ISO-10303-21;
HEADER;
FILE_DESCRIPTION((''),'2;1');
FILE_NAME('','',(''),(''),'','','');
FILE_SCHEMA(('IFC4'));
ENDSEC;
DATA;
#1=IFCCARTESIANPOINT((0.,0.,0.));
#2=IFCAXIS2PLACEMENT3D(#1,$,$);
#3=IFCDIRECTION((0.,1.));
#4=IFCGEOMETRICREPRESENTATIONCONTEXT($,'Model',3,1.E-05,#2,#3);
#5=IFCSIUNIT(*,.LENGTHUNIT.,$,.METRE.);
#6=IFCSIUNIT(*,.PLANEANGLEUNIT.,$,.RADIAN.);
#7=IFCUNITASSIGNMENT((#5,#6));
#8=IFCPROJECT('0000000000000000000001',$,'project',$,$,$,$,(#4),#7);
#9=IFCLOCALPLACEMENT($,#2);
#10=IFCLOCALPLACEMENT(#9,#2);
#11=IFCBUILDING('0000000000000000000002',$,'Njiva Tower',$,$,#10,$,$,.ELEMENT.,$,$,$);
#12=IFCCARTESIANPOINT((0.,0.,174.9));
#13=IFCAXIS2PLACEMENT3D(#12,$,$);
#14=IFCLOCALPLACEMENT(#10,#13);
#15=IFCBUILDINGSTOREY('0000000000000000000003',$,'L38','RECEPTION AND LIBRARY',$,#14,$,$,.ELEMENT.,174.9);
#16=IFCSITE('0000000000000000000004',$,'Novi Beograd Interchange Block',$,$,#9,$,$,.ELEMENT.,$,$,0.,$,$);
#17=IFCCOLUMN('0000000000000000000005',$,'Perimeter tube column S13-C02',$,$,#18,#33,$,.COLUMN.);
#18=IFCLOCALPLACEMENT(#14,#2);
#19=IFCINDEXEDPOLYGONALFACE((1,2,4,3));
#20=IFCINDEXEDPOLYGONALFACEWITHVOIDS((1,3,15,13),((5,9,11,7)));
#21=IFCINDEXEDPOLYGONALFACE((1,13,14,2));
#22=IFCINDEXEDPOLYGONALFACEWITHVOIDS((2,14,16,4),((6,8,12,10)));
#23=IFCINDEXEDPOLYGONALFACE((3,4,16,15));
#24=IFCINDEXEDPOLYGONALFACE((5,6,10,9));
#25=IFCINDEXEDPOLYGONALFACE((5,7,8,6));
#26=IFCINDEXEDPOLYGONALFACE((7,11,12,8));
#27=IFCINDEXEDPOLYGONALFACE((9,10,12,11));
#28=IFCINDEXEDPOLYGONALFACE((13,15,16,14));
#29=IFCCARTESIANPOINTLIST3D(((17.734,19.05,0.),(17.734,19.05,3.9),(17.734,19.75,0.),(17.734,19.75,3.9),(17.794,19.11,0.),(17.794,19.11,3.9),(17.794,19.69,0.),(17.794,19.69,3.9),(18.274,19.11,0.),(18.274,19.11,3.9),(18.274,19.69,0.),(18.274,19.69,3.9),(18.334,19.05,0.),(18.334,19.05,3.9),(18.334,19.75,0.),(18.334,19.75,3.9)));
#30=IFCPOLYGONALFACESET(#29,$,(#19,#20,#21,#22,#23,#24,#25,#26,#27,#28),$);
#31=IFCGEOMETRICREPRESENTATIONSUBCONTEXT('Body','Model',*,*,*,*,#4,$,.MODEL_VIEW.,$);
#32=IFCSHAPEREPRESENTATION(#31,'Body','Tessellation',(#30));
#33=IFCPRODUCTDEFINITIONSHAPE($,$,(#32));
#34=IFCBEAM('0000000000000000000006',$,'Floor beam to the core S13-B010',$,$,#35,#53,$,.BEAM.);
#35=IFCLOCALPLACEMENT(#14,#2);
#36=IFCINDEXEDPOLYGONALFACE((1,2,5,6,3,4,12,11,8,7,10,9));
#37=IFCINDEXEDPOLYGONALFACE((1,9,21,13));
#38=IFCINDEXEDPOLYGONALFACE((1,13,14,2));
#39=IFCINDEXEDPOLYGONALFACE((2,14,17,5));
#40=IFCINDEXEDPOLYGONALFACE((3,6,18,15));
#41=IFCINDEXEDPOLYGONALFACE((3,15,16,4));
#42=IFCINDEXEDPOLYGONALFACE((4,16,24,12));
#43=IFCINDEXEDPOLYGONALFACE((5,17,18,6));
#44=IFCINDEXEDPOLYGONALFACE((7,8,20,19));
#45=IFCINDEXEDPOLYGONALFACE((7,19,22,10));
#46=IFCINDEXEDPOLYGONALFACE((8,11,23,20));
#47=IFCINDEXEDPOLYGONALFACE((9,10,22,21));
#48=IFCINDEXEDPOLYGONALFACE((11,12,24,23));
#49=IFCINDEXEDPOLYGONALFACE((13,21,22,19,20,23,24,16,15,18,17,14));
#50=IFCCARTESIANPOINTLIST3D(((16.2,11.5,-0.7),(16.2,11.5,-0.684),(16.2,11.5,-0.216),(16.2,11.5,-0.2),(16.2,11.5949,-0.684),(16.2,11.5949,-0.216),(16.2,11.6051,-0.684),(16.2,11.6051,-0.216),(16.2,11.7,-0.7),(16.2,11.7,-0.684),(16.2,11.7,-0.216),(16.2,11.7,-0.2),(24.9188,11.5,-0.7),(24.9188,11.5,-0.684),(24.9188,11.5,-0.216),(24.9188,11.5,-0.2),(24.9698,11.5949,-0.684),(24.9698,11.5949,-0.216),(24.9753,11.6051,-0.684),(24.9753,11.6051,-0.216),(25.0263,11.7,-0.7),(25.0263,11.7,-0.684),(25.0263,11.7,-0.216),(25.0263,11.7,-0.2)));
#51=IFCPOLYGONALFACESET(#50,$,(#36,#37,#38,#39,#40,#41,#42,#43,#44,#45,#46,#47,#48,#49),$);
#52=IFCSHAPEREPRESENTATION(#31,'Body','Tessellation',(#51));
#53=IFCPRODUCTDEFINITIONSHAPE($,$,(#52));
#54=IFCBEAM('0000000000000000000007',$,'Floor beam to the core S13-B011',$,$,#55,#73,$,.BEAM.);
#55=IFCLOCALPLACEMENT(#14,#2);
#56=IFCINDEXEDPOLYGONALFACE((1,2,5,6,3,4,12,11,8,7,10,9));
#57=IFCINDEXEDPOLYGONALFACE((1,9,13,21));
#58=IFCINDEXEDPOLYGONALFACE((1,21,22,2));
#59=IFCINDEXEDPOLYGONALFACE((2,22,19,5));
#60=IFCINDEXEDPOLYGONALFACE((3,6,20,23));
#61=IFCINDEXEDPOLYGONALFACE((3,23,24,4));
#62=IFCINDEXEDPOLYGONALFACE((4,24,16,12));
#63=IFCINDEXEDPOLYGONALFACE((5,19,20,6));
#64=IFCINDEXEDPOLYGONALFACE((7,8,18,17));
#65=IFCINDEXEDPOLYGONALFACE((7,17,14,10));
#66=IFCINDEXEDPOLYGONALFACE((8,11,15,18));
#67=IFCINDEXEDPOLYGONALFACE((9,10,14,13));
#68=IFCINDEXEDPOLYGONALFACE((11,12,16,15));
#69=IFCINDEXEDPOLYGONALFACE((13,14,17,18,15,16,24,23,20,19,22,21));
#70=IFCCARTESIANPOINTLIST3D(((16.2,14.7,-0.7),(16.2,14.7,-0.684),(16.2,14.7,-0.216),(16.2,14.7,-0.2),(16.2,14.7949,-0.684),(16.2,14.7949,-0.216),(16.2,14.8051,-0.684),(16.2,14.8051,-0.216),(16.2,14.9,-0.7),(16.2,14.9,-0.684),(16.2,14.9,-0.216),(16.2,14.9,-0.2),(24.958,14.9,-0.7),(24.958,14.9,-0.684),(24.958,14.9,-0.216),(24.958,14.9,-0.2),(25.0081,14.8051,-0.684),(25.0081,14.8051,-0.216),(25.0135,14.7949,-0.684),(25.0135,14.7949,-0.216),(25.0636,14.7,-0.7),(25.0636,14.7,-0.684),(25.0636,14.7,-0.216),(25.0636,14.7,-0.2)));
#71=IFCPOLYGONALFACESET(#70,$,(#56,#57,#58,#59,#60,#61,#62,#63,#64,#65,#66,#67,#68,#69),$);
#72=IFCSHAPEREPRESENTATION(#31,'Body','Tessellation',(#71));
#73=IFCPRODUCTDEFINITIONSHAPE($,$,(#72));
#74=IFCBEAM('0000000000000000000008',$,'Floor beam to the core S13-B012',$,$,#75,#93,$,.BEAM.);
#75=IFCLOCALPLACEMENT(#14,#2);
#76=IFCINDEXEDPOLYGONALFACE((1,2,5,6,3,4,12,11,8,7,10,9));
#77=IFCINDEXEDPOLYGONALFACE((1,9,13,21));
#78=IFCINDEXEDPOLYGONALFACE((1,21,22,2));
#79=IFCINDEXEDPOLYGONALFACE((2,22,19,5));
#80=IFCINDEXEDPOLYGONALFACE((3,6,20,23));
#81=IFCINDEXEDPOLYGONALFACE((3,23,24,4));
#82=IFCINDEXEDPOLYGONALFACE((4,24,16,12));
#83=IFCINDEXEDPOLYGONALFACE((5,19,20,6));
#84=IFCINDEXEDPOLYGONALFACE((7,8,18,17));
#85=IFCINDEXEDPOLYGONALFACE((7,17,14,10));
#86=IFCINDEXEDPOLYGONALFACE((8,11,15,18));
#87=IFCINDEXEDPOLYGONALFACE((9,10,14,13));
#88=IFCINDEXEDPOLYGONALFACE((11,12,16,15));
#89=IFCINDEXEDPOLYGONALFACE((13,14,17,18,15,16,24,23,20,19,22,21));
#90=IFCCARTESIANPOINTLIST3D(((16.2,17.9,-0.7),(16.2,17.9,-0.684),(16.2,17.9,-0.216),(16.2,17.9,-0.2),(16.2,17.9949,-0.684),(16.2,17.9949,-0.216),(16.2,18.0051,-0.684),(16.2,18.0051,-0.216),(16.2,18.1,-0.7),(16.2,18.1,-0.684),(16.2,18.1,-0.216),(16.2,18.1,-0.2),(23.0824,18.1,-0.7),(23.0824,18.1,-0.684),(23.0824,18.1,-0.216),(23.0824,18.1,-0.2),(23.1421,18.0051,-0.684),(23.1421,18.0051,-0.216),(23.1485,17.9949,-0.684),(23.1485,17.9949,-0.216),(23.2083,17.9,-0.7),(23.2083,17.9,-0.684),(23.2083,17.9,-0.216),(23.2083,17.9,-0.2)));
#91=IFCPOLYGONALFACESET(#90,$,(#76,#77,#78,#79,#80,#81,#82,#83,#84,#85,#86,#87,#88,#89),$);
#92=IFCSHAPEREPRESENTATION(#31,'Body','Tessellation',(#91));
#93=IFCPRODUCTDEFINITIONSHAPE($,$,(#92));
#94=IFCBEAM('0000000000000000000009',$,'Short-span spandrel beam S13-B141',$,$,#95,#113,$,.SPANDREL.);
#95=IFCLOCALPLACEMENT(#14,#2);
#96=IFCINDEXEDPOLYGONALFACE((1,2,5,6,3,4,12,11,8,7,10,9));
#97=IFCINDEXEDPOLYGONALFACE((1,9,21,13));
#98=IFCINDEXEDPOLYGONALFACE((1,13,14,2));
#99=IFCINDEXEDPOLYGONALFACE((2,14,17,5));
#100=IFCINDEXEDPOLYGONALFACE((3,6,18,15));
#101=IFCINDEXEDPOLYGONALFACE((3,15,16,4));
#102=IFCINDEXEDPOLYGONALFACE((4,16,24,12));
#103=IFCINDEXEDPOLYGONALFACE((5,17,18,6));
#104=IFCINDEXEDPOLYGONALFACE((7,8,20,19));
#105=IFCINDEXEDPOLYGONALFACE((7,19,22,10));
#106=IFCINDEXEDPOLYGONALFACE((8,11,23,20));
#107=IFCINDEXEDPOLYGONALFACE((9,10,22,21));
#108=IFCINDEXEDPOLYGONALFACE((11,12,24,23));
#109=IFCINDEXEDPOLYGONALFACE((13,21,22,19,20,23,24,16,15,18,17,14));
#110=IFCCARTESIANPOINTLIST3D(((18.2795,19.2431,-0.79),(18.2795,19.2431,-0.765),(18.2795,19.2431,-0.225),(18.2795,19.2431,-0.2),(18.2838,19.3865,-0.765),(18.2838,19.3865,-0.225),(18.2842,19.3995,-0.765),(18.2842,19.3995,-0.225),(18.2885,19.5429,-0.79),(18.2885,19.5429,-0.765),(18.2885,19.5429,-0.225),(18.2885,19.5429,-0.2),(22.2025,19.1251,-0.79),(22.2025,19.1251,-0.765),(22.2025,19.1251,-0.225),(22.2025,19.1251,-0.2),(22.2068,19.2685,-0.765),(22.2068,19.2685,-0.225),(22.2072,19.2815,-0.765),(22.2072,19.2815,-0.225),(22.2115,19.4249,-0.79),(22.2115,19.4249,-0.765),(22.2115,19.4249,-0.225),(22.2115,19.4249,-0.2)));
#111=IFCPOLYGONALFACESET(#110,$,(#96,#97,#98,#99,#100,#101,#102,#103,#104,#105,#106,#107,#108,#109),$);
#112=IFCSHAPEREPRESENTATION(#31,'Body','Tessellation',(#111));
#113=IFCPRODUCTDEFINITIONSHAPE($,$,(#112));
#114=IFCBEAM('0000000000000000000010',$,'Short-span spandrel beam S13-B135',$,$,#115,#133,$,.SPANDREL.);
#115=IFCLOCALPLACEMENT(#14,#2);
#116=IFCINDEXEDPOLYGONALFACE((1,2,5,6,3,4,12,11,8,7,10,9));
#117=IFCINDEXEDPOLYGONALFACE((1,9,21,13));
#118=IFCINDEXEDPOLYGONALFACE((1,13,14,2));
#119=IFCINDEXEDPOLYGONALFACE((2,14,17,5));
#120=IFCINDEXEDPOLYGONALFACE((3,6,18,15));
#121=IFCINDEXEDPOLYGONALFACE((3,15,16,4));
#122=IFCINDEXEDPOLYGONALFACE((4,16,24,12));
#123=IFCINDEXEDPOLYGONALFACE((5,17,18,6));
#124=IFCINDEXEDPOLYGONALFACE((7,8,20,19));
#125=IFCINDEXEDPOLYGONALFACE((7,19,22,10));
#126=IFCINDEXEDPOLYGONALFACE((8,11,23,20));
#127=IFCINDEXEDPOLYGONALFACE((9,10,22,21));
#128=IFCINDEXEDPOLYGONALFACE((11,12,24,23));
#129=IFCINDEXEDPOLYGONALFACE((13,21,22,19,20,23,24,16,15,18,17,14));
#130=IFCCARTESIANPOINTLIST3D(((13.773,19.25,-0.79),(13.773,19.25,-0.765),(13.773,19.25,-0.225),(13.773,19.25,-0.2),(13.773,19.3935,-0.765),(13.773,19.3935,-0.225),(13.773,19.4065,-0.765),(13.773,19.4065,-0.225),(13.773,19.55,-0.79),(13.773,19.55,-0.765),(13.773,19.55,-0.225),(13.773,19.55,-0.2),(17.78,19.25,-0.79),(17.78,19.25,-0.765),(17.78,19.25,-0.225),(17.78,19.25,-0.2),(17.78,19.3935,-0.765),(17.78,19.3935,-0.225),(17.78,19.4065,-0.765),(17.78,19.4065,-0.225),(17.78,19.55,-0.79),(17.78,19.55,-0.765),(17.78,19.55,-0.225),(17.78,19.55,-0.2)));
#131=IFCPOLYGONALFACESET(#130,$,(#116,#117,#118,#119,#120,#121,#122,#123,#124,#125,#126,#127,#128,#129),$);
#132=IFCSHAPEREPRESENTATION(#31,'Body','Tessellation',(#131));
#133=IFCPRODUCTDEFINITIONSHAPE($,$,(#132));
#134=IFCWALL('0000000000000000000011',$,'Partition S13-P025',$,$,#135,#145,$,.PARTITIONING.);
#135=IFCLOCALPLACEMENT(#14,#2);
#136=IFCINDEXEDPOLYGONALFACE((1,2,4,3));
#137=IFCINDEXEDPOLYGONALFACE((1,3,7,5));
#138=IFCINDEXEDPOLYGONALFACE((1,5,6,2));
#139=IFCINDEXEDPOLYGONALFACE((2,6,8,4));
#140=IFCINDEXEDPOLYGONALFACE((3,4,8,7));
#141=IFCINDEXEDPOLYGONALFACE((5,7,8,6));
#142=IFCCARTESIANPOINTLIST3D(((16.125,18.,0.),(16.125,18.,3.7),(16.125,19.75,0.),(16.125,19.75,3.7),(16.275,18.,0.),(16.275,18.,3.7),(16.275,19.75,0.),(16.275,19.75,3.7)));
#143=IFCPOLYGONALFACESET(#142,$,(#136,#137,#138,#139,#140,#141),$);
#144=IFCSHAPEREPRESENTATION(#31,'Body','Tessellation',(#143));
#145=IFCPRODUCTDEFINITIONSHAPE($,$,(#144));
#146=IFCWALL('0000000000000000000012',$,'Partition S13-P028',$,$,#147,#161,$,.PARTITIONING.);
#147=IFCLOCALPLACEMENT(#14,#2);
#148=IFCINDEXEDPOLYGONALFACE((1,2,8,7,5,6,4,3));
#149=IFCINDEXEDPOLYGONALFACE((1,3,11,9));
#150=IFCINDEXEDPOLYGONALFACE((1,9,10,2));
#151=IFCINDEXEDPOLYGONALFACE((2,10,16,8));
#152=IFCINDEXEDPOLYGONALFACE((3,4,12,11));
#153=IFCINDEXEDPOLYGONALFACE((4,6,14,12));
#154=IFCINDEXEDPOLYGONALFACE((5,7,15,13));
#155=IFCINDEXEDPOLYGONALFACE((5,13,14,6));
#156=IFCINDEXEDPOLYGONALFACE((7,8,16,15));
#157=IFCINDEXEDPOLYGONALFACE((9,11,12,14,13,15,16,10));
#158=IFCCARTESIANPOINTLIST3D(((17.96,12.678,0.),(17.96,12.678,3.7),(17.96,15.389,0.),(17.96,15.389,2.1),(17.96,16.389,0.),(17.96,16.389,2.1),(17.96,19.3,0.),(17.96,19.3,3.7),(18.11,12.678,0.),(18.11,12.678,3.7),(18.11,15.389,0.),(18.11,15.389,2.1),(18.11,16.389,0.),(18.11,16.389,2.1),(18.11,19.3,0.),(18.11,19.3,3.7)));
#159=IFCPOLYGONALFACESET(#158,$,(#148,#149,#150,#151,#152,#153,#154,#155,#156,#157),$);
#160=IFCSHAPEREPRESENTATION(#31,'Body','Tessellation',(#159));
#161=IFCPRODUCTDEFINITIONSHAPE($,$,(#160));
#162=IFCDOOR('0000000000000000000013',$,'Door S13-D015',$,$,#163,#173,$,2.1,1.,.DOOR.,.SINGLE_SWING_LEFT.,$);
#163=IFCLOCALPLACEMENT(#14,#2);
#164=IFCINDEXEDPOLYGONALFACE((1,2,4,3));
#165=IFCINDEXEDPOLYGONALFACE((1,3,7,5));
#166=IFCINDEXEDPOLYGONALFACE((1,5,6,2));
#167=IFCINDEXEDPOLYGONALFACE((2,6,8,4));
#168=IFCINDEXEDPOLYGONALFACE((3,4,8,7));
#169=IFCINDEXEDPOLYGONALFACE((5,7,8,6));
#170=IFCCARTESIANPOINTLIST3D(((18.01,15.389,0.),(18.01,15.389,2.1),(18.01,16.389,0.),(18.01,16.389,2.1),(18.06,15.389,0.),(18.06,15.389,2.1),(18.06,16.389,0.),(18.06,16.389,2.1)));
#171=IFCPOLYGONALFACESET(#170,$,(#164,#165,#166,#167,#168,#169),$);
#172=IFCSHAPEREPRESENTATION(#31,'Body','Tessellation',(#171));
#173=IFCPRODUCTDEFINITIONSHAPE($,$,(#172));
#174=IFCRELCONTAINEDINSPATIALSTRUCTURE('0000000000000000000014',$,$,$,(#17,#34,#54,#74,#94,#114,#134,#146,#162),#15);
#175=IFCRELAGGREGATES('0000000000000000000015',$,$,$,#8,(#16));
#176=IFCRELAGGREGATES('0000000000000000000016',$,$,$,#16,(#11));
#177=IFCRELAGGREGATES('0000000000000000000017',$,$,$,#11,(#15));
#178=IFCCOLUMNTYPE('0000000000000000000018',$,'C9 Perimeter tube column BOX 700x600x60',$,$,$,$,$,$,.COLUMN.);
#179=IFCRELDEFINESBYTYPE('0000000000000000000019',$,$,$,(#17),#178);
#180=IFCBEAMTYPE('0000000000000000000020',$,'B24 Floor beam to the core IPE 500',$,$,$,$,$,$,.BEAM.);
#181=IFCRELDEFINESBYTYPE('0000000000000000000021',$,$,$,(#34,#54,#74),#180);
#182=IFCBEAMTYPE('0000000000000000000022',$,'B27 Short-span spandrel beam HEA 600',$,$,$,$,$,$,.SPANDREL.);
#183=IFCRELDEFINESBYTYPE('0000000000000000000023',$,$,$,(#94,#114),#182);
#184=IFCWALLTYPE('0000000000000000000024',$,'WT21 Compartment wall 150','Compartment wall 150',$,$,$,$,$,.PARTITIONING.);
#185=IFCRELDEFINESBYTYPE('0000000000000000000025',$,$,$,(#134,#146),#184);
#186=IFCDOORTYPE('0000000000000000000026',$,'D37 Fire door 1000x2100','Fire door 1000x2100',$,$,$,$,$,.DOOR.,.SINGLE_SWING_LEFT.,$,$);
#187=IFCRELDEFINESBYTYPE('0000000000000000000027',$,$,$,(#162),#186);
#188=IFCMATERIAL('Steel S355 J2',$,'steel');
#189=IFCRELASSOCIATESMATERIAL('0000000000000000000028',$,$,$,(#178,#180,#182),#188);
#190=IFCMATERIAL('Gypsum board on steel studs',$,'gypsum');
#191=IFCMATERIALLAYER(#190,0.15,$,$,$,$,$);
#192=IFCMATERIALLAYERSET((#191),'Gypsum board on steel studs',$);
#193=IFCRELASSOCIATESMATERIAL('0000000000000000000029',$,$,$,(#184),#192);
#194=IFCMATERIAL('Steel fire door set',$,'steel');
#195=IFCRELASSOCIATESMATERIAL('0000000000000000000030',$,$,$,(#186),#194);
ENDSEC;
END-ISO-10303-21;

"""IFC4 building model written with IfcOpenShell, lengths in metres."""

from ifc_helpers import new_model, si_unit, direction, frame, frame_2d, origin, origin_2d, place, context, subcontext, project, spatial, rectangle, hollow_rectangle, i_section, extrude, clip, halfspace, material, layer, layer_set, material_profile, profile_set, type_object, element, fill, save


model = new_model("IFC4")

# Units and contexts
model_context = context("Model", 3, precision=1e-05, world=origin(), true_north=direction((0.0, 1.0)))
body_context = subcontext(model_context, "Body", "Model", "MODEL_VIEW")
ifc_project = project(units=[si_unit("LENGTHUNIT", "METRE"), si_unit("PLANEANGLEUNIT", "RADIAN")], contexts=[model_context])

# Site, building, storey
site_placement = place(None, origin())
site = spatial("IfcSite", under=ifc_project, at=site_placement, Name="Novi Beograd Interchange Block", CompositionType="ELEMENT", RefElevation=0.0)
building_placement = place(site_placement, origin())
building = spatial("IfcBuilding", under=site, at=building_placement, Name="Njiva Tower", CompositionType="ELEMENT")
storey_placement = place(building_placement, frame((0.0, 0.0, 174.9)))
storey = spatial("IfcBuildingStorey", under=building, at=storey_placement, Name="L38", Description="RECEPTION AND LIBRARY", CompositionType="ELEMENT", Elevation=174.9)

# Column
ifc_material_1 = material(Name="Steel S355 J2", Category="steel")
ifc_material_profile_1 = material_profile(ifc_material_1, hollow_rectangle(XDim=0.6, YDim=0.7, WallThickness=0.06, at=origin_2d()), Name="BOX 700x600x60")
ifc_profile_set_1 = profile_set([ifc_material_profile_1], Name="Steel S355 J2")
column_type = type_object("IfcColumnType", Name="C9 Perimeter tube column BOX 700x600x60", PredefinedType="COLUMN", material=ifc_profile_set_1)
column_placement = place(storey_placement, frame((18.034, 19.4, 0.0), z_axis=(0.0, 0.0, 1.0), x_axis=(-1.0, 0.0, 0.0)))
element("IfcColumn", 1, at=column_placement, inside=storey, type_object=column_type, Name="Perimeter tube column S13-C02", PredefinedType="COLUMN", context=body_context, shape_type="SweptSolid", body=[
    extrude(hollow_rectangle(XDim=0.6, YDim=0.7, WallThickness=0.06, at=origin_2d()), origin(), (0.0, 0.0, 1.0), 3.9),
])

# Beams
ifc_material_profile_2 = material_profile(ifc_material_1, i_section(OverallWidth=0.2, OverallDepth=0.5, WebThickness=0.0102, FlangeThickness=0.016, at=origin_2d()), Name="IPE 500")
ifc_profile_set_2 = profile_set([ifc_material_profile_2], Name="Steel S355 J2")
beam_type_1 = type_object("IfcBeamType", Name="B24 Floor beam to the core IPE 500", PredefinedType="BEAM", material=ifc_profile_set_2)
beam_1_placement = place(storey_placement, frame((16.2, 11.6, -0.45), z_axis=(1.0, 0.0, 0.0), x_axis=(0.0, 1.0, 0.0)))
element("IfcBeam", 2, at=beam_1_placement, inside=storey, type_object=beam_type_1, Name="Floor beam to the core S13-B010", PredefinedType="BEAM", context=body_context, shape_type="Clipping", body=[
    clip(extrude(i_section(OverallWidth=0.2, OverallDepth=0.5, WebThickness=0.0102, FlangeThickness=0.016, at=origin_2d()), origin(), (0.0, 0.0, 1.0), 8.847), halfspace(frame((-0.0237, 0.0, 8.7598), z_axis=(-0.473777, 0.0, 0.880645), x_axis=(0.0, 1.0, 0.0)), False)),
])
beam_2_placement = place(storey_placement, frame((16.2, 14.8, -0.45), z_axis=(1.0, 0.0, 0.0), x_axis=(0.0, 1.0, 0.0)))
element("IfcBeam", 3, at=beam_2_placement, inside=storey, type_object=beam_type_1, Name="Floor beam to the core S13-B011", PredefinedType="BEAM", context=body_context, shape_type="Clipping", body=[
    clip(extrude(i_section(OverallWidth=0.2, OverallDepth=0.5, WebThickness=0.0102, FlangeThickness=0.016, at=origin_2d()), origin(), (0.0, 0.0, 1.0), 8.884), halfspace(frame((0.0233, 0.0, 8.7985), z_axis=(0.466639, 0.0, 0.884448), x_axis=(0.0, 1.0, 0.0)), False)),
])
beam_3_placement = place(storey_placement, frame((16.2, 18.0, -0.45), z_axis=(1.0, 0.0, 0.0), x_axis=(0.0, 1.0, 0.0)))
element("IfcBeam", 4, at=beam_3_placement, inside=storey, type_object=beam_type_1, Name="Floor beam to the core S13-B012", PredefinedType="BEAM", context=body_context, shape_type="Clipping", body=[
    clip(extrude(i_section(OverallWidth=0.2, OverallDepth=0.5, WebThickness=0.0102, FlangeThickness=0.016, at=origin_2d()), origin(), (0.0, 0.0, 1.0), 7.028), halfspace(frame((0.0266, 0.0, 6.9286), z_axis=(0.532629, 0.0, 0.846349), x_axis=(0.0, 1.0, 0.0)), False)),
])
ifc_material_profile_3 = material_profile(ifc_material_1, i_section(OverallWidth=0.3, OverallDepth=0.59, WebThickness=0.013, FlangeThickness=0.025, at=origin_2d()), Name="HEA 600")
ifc_profile_set_3 = profile_set([ifc_material_profile_3], Name="Steel S355 J2")
beam_type_2 = type_object("IfcBeamType", Name="B27 Short-span spandrel beam HEA 600", PredefinedType="SPANDREL", material=ifc_profile_set_3)
beam_4_placement = place(storey_placement, frame((22.207, 19.275, -0.495), z_axis=(-0.999548, 0.030065, 0.0), x_axis=(-0.030065, -0.999548, 0.0)))
element("IfcBeam", 5, at=beam_4_placement, inside=storey, type_object=beam_type_2, Name="Short-span spandrel beam S13-B141", PredefinedType="SPANDREL", context=body_context, shape_type="SweptSolid", body=[
    extrude(i_section(OverallWidth=0.3, OverallDepth=0.59, WebThickness=0.013, FlangeThickness=0.025, at=origin_2d()), origin(), (0.0, 0.0, 1.0), 3.9248),
])
beam_5_placement = place(storey_placement, frame((17.78, 19.4, -0.495), z_axis=(-1.0, 0.0, 0.0), x_axis=(0.0, -1.0, 0.0)))
element("IfcBeam", 6, at=beam_5_placement, inside=storey, type_object=beam_type_2, Name="Short-span spandrel beam S13-B135", PredefinedType="SPANDREL", context=body_context, shape_type="SweptSolid", body=[
    extrude(i_section(OverallWidth=0.3, OverallDepth=0.59, WebThickness=0.013, FlangeThickness=0.025, at=origin_2d()), origin(), (0.0, 0.0, 1.0), 4.007),
])

# Wall
ifc_material_2 = material(Name="Gypsum board on steel studs", Category="gypsum")
ifc_layer = layer(ifc_material_2, 0.15)
ifc_layer_set = layer_set([ifc_layer], Name="Gypsum board on steel studs")
wall_type = type_object("IfcWallType", Name="WT21 Compartment wall 150", Description="Compartment wall 150", PredefinedType="PARTITIONING", material=ifc_layer_set)
wall_1_placement = place(storey_placement, frame((16.2, 18.0, 0.0), z_axis=(0.0, 0.0, 1.0), x_axis=(0.0, 1.0, 0.0)))
element("IfcWall", 7, at=wall_1_placement, inside=storey, type_object=wall_type, Name="Partition S13-P025", PredefinedType="PARTITIONING", context=body_context, shape_type="SweptSolid", body=[
    extrude(rectangle(XDim=1.75, YDim=0.15, at=frame_2d((0.875, 0.0))), origin(), (0.0, 0.0, 1.0), 3.7),
])

# Wall, opening, door
wall_2_placement = place(storey_placement, frame((18.035, 12.678, 0.0), z_axis=(0.0, 0.0, 1.0), x_axis=(0.0, 1.0, 0.0)))
wall_2 = element("IfcWall", 8, at=wall_2_placement, inside=storey, type_object=wall_type, Name="Partition S13-P028", PredefinedType="PARTITIONING", context=body_context, shape_type="SweptSolid", body=[
    extrude(rectangle(XDim=6.622, YDim=0.15, at=frame_2d((3.311, 0.0))), origin(), (0.0, 0.0, 1.0), 3.7),
])
opening_placement = place(wall_2_placement, frame((2.711, 0.0, 0.0)))
opening = element("IfcOpeningElement", 9, at=opening_placement, cuts=wall_2, PredefinedType="OPENING", context=body_context, shape_type="SweptSolid", body=[
    extrude(rectangle(XDim=1.0, YDim=2.1, at=frame_2d((0.5, 1.05))), frame((0.0, 0.085, 0.0), z_axis=(0.0, -1.0, 0.0), x_axis=(1.0, 0.0, 0.0)), (0.0, 0.0, 1.0), 0.17),
])
ifc_material_3 = material(Name="Steel fire door set", Category="steel")
door_type = type_object("IfcDoorType", Name="D37 Fire door 1000x2100", Description="Fire door 1000x2100", OperationType="SINGLE_SWING_LEFT", PredefinedType="DOOR", material=ifc_material_3)
door_placement = place(opening_placement, origin())
door = element("IfcDoor", 10, at=door_placement, inside=storey, type_object=door_type, Name="Door S13-D015", OperationType="SINGLE_SWING_LEFT", OverallHeight=2.1, OverallWidth=1.0, PredefinedType="DOOR", context=body_context, shape_type="SweptSolid", body=[
    extrude(rectangle(XDim=1.0, YDim=2.1, at=frame_2d((0.5, 1.05))), frame((0.0, 0.025, 0.0), z_axis=(0.0, -1.0, 0.0), x_axis=(1.0, 0.0, 0.0)), (0.0, 0.0, 1.0), 0.05),
])
fill(opening, door)

save(model, "model.ifc")
